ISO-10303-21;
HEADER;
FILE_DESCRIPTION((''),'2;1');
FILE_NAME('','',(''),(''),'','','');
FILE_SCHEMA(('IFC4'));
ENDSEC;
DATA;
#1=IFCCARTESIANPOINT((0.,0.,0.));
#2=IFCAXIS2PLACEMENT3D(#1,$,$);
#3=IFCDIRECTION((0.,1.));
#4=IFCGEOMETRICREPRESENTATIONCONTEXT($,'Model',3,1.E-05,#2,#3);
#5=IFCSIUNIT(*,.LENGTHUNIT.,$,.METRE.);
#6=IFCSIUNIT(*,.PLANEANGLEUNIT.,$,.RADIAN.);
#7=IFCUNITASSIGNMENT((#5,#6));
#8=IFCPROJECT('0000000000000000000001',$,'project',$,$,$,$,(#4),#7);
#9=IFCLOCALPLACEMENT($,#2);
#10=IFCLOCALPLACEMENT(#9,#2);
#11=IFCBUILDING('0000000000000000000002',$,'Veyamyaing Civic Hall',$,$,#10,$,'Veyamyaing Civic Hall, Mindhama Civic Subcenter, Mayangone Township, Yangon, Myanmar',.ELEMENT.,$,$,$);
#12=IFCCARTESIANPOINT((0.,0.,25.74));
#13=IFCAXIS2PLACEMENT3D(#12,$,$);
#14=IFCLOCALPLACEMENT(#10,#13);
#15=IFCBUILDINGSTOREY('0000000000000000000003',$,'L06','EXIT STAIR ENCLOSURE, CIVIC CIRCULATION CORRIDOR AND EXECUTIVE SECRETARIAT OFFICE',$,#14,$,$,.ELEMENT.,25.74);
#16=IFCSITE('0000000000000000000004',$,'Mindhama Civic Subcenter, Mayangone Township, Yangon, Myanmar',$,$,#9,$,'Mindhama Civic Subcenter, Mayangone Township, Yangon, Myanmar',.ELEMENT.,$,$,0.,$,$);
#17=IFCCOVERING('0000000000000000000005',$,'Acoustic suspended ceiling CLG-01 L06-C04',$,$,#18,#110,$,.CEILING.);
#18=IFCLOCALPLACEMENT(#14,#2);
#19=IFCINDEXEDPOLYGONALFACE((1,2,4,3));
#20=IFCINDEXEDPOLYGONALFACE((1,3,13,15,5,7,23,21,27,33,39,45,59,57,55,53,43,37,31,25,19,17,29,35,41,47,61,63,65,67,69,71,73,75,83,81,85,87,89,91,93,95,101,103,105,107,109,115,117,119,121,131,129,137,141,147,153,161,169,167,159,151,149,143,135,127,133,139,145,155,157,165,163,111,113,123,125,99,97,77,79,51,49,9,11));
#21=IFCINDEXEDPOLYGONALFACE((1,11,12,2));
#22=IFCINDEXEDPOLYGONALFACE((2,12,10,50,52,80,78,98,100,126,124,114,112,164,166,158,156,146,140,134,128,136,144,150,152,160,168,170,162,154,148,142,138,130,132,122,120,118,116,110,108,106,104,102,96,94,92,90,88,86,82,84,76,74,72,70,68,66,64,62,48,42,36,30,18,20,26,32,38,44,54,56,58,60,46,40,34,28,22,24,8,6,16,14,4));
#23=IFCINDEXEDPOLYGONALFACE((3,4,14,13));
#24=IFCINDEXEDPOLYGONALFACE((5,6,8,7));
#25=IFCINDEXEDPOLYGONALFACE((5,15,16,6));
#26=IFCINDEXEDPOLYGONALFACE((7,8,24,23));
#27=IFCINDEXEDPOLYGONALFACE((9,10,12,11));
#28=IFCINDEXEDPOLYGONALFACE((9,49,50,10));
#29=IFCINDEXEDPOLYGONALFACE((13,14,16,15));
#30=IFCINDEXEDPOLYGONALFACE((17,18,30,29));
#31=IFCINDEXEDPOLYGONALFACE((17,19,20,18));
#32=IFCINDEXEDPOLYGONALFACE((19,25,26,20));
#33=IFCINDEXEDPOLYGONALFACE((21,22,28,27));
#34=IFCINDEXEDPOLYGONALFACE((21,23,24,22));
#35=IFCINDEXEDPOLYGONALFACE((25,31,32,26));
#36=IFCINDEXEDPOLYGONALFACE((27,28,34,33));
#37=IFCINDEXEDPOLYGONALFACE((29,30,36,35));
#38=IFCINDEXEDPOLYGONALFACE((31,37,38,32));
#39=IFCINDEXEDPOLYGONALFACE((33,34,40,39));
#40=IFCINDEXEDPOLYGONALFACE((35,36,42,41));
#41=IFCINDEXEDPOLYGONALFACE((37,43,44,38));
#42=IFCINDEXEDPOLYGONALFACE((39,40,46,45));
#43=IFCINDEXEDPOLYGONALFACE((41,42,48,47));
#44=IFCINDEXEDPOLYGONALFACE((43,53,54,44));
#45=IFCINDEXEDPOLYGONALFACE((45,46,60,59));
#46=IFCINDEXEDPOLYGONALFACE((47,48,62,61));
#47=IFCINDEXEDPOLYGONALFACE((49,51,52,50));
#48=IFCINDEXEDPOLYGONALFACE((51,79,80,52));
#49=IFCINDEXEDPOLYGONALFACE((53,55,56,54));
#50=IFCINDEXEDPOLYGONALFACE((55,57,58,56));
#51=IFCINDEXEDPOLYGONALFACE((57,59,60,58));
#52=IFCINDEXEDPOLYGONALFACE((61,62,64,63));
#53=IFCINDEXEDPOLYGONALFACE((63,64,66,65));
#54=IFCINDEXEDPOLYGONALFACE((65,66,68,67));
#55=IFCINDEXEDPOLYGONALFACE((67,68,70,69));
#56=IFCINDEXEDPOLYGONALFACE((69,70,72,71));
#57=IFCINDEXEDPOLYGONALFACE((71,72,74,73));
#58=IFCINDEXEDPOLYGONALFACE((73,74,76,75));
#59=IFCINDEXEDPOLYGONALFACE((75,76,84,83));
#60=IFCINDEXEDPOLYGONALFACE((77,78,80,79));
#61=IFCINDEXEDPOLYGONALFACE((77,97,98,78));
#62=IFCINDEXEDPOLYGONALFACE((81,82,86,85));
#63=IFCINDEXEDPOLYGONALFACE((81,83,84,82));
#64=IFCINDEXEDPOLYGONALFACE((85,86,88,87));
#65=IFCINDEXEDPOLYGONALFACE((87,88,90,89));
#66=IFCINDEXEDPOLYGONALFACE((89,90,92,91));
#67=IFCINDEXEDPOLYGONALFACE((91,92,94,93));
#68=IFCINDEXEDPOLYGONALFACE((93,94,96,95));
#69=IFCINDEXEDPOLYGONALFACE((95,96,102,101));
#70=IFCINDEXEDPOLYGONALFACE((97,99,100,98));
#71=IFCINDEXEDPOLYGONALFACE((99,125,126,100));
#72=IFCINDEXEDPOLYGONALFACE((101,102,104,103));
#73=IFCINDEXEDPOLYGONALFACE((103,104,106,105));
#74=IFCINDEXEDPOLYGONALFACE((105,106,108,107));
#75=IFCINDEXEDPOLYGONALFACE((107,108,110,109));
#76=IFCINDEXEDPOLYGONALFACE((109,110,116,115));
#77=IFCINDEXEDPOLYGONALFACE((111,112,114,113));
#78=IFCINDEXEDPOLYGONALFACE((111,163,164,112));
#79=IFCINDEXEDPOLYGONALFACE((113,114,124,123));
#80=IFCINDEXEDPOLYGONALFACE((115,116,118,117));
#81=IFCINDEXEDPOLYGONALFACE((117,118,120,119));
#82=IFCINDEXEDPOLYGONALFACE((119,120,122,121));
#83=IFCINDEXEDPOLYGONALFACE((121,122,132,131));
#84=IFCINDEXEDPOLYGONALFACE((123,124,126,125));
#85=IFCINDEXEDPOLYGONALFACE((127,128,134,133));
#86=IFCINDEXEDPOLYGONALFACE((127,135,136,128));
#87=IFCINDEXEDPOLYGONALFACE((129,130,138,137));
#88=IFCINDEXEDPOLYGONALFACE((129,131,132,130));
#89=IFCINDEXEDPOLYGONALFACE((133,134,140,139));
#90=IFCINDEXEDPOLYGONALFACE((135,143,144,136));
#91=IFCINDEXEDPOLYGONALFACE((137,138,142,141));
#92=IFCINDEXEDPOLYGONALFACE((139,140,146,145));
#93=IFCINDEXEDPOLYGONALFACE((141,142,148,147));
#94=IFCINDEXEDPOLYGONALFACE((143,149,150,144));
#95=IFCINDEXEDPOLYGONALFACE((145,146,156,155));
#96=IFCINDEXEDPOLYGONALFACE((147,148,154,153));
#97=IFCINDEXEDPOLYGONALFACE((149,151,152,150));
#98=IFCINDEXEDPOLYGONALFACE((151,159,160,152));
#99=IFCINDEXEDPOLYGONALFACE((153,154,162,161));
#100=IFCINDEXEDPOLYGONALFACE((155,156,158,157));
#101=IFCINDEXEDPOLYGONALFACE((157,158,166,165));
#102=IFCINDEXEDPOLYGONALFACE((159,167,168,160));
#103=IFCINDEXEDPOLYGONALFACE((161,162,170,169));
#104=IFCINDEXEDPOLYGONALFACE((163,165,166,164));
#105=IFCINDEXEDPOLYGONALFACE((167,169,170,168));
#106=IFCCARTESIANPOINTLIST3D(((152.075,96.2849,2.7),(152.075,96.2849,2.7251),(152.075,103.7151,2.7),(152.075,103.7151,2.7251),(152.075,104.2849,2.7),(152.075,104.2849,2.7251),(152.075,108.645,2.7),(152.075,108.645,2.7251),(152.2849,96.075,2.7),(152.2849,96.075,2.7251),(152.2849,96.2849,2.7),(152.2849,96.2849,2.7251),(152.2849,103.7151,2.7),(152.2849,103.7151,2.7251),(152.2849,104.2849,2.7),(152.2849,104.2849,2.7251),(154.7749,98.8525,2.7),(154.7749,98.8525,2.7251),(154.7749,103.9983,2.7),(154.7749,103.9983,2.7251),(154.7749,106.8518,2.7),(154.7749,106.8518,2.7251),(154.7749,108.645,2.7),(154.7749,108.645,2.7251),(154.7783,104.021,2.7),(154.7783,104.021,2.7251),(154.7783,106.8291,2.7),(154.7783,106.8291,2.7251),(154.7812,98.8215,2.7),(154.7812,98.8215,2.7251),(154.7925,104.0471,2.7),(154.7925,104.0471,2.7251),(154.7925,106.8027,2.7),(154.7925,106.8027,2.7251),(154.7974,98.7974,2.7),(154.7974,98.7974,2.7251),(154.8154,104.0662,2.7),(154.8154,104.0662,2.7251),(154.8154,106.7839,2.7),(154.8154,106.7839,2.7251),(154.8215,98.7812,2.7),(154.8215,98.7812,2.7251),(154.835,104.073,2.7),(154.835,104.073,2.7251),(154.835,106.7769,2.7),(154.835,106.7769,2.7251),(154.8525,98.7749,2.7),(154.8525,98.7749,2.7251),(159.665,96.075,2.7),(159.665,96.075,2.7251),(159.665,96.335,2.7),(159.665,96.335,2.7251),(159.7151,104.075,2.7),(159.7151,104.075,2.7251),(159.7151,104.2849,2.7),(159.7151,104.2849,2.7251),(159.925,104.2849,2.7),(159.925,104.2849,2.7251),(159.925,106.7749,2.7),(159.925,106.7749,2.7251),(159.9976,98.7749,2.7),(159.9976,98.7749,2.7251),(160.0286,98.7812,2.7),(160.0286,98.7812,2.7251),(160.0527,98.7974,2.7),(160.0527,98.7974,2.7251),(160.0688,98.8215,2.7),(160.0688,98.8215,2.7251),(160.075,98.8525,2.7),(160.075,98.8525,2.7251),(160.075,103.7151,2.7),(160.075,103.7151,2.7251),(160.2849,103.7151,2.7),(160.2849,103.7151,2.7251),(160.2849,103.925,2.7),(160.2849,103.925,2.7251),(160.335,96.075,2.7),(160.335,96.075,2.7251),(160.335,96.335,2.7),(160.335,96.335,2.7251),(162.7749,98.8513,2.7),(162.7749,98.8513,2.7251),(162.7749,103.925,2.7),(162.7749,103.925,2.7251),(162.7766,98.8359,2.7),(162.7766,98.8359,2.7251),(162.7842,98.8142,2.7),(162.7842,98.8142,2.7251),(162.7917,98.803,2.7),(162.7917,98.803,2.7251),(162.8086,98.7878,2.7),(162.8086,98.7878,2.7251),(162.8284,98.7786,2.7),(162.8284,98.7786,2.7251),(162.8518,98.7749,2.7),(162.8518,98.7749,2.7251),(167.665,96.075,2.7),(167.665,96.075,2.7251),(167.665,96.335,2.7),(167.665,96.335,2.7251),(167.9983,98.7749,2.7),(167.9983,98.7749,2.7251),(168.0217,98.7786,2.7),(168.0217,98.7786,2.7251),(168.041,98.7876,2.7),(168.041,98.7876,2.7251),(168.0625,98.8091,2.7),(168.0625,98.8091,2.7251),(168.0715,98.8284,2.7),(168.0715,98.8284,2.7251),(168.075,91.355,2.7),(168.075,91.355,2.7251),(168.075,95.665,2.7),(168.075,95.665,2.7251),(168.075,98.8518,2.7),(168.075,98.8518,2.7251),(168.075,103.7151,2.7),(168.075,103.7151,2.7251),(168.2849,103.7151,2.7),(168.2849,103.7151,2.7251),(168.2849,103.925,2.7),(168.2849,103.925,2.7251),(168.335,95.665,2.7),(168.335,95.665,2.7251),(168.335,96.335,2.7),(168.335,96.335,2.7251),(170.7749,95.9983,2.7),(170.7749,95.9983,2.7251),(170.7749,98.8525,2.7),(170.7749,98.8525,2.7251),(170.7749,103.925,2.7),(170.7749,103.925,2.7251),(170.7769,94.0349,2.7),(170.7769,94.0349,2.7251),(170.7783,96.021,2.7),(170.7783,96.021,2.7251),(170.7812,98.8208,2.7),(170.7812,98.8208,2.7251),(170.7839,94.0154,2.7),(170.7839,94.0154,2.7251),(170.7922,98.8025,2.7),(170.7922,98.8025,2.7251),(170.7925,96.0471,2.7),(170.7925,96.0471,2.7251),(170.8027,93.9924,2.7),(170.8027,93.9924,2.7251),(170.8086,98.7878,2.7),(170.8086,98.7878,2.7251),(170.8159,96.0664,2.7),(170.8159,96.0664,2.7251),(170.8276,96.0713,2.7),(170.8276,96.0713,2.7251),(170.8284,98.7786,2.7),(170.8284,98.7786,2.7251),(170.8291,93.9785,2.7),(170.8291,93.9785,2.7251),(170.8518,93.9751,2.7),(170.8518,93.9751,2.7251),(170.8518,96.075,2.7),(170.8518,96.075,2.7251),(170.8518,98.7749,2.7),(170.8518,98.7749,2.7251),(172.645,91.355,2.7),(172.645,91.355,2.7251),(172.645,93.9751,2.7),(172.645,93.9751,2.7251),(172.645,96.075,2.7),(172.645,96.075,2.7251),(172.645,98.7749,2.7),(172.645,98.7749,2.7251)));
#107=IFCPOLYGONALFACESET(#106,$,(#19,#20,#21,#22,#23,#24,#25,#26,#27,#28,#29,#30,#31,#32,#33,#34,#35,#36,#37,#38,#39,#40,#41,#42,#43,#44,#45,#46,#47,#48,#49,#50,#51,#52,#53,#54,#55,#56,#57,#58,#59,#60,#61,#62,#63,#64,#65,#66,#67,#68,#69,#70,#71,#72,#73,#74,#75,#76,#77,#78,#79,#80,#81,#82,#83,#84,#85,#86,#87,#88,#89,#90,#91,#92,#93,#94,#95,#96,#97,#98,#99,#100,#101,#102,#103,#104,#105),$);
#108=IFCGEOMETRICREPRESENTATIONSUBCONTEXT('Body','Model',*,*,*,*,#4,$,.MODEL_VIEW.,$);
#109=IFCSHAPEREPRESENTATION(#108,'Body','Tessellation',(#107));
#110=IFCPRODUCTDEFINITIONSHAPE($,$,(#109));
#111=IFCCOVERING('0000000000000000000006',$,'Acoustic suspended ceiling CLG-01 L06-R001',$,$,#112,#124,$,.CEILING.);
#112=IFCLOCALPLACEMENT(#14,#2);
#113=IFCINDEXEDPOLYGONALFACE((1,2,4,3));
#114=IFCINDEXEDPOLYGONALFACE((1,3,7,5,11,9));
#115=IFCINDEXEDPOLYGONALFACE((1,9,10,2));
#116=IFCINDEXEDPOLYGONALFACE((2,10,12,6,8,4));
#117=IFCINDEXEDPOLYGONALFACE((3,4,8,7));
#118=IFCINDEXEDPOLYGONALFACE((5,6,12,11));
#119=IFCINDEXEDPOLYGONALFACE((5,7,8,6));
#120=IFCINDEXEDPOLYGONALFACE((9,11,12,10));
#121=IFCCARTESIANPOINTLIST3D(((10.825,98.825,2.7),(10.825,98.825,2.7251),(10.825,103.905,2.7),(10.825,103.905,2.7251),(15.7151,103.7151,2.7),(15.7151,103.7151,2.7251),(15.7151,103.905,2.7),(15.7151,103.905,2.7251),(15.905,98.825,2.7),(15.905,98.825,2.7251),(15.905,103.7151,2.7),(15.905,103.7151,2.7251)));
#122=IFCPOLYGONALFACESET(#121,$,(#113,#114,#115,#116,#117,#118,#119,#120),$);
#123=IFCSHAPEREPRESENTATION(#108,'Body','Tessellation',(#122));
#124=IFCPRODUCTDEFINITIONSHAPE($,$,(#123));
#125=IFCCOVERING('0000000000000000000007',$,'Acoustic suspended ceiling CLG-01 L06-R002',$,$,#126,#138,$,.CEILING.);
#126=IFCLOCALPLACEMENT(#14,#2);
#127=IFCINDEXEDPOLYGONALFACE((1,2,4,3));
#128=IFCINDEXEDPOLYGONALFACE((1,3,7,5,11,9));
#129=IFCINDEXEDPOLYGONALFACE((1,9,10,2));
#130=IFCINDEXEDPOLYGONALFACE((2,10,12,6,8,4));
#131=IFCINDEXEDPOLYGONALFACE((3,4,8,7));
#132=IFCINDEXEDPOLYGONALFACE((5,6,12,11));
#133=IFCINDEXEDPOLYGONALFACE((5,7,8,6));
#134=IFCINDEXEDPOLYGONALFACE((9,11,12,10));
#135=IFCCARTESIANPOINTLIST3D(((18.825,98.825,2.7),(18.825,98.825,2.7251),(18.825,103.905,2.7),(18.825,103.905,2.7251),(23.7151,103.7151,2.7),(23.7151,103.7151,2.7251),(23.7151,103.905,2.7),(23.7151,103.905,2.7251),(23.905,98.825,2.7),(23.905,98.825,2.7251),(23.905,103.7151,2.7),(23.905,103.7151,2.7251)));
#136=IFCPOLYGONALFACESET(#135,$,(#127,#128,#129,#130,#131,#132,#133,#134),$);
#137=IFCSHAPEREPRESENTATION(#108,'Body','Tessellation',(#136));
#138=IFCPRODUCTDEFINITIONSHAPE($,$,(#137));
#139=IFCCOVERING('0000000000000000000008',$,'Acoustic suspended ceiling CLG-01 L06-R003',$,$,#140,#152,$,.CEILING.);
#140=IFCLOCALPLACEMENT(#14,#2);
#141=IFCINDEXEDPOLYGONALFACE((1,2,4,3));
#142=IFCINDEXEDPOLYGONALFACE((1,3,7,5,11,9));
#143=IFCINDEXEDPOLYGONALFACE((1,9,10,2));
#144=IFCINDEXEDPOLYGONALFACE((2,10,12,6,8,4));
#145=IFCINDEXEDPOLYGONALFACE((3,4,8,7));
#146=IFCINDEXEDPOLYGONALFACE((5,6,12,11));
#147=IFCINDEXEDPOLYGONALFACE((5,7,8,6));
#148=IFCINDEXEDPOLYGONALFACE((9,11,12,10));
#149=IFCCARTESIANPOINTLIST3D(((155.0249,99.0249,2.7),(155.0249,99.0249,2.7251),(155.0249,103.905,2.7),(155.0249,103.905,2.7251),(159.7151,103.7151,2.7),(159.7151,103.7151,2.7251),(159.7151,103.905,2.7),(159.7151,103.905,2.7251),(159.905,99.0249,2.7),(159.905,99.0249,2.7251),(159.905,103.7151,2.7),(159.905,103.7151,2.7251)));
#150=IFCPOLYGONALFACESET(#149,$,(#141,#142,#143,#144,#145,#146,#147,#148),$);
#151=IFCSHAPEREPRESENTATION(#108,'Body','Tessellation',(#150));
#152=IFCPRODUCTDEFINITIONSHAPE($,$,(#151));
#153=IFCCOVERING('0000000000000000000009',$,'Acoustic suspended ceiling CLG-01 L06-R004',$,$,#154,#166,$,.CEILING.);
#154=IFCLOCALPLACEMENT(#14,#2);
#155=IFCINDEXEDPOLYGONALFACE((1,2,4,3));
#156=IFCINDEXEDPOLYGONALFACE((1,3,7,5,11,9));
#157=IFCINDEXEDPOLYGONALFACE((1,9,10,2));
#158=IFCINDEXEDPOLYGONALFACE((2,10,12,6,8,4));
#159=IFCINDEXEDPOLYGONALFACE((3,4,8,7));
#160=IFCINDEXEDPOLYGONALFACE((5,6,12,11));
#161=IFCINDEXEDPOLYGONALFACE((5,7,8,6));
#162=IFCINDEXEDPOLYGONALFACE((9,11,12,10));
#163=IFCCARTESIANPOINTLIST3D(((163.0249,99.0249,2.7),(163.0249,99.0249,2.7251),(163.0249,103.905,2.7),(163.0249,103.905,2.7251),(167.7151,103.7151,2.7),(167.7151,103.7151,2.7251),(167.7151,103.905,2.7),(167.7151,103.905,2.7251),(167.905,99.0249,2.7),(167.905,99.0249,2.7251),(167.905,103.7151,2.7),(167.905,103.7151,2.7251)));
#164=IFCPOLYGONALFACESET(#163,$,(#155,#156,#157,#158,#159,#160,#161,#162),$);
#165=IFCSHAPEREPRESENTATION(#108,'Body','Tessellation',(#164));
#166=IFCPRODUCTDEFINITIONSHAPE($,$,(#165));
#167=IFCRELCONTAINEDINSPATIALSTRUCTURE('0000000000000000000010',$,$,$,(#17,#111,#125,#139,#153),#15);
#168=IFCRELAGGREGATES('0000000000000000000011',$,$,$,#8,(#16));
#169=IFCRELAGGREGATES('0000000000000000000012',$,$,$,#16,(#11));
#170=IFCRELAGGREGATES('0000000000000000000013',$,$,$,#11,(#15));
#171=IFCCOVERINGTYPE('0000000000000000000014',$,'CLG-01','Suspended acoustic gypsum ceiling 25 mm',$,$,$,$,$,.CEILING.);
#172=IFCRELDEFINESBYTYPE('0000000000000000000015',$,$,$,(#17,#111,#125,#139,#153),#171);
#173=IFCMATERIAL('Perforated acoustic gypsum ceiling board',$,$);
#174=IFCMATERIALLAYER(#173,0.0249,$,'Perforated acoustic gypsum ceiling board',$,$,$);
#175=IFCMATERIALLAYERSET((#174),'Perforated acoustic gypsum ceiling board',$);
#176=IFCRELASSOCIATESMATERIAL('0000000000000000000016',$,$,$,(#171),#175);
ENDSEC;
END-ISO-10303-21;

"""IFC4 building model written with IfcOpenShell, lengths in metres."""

from ifc_helpers import new_model, si_unit, direction, frame, origin, place, context, subcontext, project, spatial, polyline, outline, extrude, material, layer, layer_set, type_object, element, save


model = new_model("IFC4")

# Units and contexts
model_context = context("Model", 3, precision=1e-05, world=origin(), true_north=direction((0.0, 1.0)))
body_context = subcontext(model_context, "Body", "Model", "MODEL_VIEW")
ifc_project = project(units=[si_unit("LENGTHUNIT", "METRE"), si_unit("PLANEANGLEUNIT", "RADIAN")], contexts=[model_context])

# Site, building, storey
site_placement = place(None, origin())
site = spatial("IfcSite", under=ifc_project, at=site_placement, Name="Mindhama Civic Subcenter, Mayangone Township, Yangon, Myanmar", LongName="Mindhama Civic Subcenter, Mayangone Township, Yangon, Myanmar", CompositionType="ELEMENT", RefElevation=0.0)
building_placement = place(site_placement, origin())
building = spatial("IfcBuilding", under=site, at=building_placement, Name="Veyamyaing Civic Hall", LongName="Veyamyaing Civic Hall, Mindhama Civic Subcenter, Mayangone Township, Yangon, Myanmar", CompositionType="ELEMENT")
storey_placement = place(building_placement, frame((0.0, 0.0, 25.74)))
storey = spatial("IfcBuildingStorey", under=building, at=storey_placement, Name="L06", Description="EXIT STAIR ENCLOSURE, CIVIC CIRCULATION CORRIDOR AND EXECUTIVE SECRETARIAT OFFICE", CompositionType="ELEMENT", Elevation=25.74)

# Coverings
ifc_material_1 = material(Name="Perforated acoustic gypsum ceiling board")
ifc_layer_1 = layer(ifc_material_1, 0.0249, Name="Perforated acoustic gypsum ceiling board")
ifc_layer_set_1 = layer_set([ifc_layer_1], Name="Perforated acoustic gypsum ceiling board")
covering_type_1 = type_object("IfcCoveringType", Name="CLG-01", Description="Suspended acoustic gypsum ceiling 25 mm", PredefinedType="CEILING", material=ifc_layer_set_1)
covering_1_placement = place(storey_placement, frame((0.0, 0.0, 2.7)))
element("IfcCovering", 1, at=covering_1_placement, inside=storey, type_object=covering_type_1, Name="Acoustic suspended ceiling CLG-01 L06-C04", PredefinedType="CEILING", context=body_context, shape_type="SweptSolid", body=[
    extrude(outline(polyline([(154.835, 104.073), (154.8154, 104.0662), (154.7925, 104.0471), (154.7783, 104.021), (154.7749, 103.9983), (154.7749, 98.8525), (154.7812, 98.8215), (154.7974, 98.7974), (154.8215, 98.7812), (154.8525, 98.7749), (159.9976, 98.7749), (160.0286, 98.7812), (160.0527, 98.7974), (160.0688, 98.8215), (160.075, 98.8525), (160.075, 103.7151), (160.2849, 103.7151), (160.2849, 103.925), (162.7749, 103.925), (162.7749, 98.8513), (162.7766, 98.8359), (162.7842, 98.8142), (162.7917, 98.803), (162.8086, 98.7878), (162.8284, 98.7786), (162.8518, 98.7749), (167.9983, 98.7749), (168.0217, 98.7786), (168.041, 98.7876), (168.0625, 98.8091), (168.0715, 98.8284), (168.075, 98.8518), (168.075, 103.7151), (168.2849, 103.7151), (168.2849, 103.925), (170.7749, 103.925), (170.7749, 98.8525), (170.7812, 98.8208), (170.7922, 98.8025), (170.8086, 98.7878), (170.8284, 98.7786), (170.8518, 98.7749), (172.645, 98.7749), (172.645, 96.075), (170.8518, 96.075), (170.8276, 96.0713), (170.8159, 96.0664), (170.7925, 96.0471), (170.7783, 96.021), (170.7749, 95.9983), (170.7769, 94.0349), (170.7839, 94.0154), (170.8027, 93.9924), (170.8291, 93.9785), (170.8518, 93.9751), (172.645, 93.9751), (172.645, 91.355), (168.075, 91.355), (168.075, 95.665), (168.335, 95.665), (168.335, 96.335), (167.665, 96.335), (167.665, 96.075), (160.335, 96.075), (160.335, 96.335), (159.665, 96.335), (159.665, 96.075), (152.2849, 96.075), (152.2849, 96.2849), (152.075, 96.2849), (152.075, 103.7151), (152.2849, 103.7151), (152.2849, 104.2849), (152.075, 104.2849), (152.075, 108.645), (154.7749, 108.645), (154.7749, 106.8518), (154.7783, 106.8291), (154.7925, 106.8027), (154.8154, 106.7839), (154.835, 106.7769), (159.925, 106.7749), (159.925, 104.2849), (159.7151, 104.2849), (159.7151, 104.075), (154.835, 104.073)])), origin(), (0.0, 0.0, 1.0), 0.0251),
])
covering_2_placement = place(storey_placement, frame((0.0, 0.0, 2.7)))
element("IfcCovering", 2, at=covering_2_placement, inside=storey, type_object=covering_type_1, Name="Acoustic suspended ceiling CLG-01 L06-R001", PredefinedType="CEILING", context=body_context, shape_type="SweptSolid", body=[
    extrude(outline(polyline([(10.825, 103.905), (15.7151, 103.905), (15.7151, 103.7151), (15.905, 103.7151), (15.905, 98.825), (10.825, 98.825), (10.825, 103.905)])), origin(), (0.0, 0.0, 1.0), 0.0251),
])
covering_3_placement = place(storey_placement, frame((0.0, 0.0, 2.7)))
element("IfcCovering", 3, at=covering_3_placement, inside=storey, type_object=covering_type_1, Name="Acoustic suspended ceiling CLG-01 L06-R002", PredefinedType="CEILING", context=body_context, shape_type="SweptSolid", body=[
    extrude(outline(polyline([(18.825, 103.905), (23.7151, 103.905), (23.7151, 103.7151), (23.905, 103.7151), (23.905, 98.825), (18.825, 98.825), (18.825, 103.905)])), origin(), (0.0, 0.0, 1.0), 0.0251),
])
covering_4_placement = place(storey_placement, frame((0.0, 0.0, 2.7)))
element("IfcCovering", 4, at=covering_4_placement, inside=storey, type_object=covering_type_1, Name="Acoustic suspended ceiling CLG-01 L06-R003", PredefinedType="CEILING", context=body_context, shape_type="SweptSolid", body=[
    extrude(outline(polyline([(155.0249, 103.905), (159.7151, 103.905), (159.7151, 103.7151), (159.905, 103.7151), (159.905, 99.0249), (155.0249, 99.0249), (155.0249, 103.905)])), origin(), (0.0, 0.0, 1.0), 0.0251),
])
covering_5_placement = place(storey_placement, frame((0.0, 0.0, 2.7)))
element("IfcCovering", 5, at=covering_5_placement, inside=storey, type_object=covering_type_1, Name="Acoustic suspended ceiling CLG-01 L06-R004", PredefinedType="CEILING", context=body_context, shape_type="SweptSolid", body=[
    extrude(outline(polyline([(163.0249, 103.905), (167.7151, 103.905), (167.7151, 103.7151), (167.905, 103.7151), (167.905, 99.0249), (163.0249, 99.0249), (163.0249, 103.905)])), origin(), (0.0, 0.0, 1.0), 0.0251),
])

save(model, "model.ifc")
